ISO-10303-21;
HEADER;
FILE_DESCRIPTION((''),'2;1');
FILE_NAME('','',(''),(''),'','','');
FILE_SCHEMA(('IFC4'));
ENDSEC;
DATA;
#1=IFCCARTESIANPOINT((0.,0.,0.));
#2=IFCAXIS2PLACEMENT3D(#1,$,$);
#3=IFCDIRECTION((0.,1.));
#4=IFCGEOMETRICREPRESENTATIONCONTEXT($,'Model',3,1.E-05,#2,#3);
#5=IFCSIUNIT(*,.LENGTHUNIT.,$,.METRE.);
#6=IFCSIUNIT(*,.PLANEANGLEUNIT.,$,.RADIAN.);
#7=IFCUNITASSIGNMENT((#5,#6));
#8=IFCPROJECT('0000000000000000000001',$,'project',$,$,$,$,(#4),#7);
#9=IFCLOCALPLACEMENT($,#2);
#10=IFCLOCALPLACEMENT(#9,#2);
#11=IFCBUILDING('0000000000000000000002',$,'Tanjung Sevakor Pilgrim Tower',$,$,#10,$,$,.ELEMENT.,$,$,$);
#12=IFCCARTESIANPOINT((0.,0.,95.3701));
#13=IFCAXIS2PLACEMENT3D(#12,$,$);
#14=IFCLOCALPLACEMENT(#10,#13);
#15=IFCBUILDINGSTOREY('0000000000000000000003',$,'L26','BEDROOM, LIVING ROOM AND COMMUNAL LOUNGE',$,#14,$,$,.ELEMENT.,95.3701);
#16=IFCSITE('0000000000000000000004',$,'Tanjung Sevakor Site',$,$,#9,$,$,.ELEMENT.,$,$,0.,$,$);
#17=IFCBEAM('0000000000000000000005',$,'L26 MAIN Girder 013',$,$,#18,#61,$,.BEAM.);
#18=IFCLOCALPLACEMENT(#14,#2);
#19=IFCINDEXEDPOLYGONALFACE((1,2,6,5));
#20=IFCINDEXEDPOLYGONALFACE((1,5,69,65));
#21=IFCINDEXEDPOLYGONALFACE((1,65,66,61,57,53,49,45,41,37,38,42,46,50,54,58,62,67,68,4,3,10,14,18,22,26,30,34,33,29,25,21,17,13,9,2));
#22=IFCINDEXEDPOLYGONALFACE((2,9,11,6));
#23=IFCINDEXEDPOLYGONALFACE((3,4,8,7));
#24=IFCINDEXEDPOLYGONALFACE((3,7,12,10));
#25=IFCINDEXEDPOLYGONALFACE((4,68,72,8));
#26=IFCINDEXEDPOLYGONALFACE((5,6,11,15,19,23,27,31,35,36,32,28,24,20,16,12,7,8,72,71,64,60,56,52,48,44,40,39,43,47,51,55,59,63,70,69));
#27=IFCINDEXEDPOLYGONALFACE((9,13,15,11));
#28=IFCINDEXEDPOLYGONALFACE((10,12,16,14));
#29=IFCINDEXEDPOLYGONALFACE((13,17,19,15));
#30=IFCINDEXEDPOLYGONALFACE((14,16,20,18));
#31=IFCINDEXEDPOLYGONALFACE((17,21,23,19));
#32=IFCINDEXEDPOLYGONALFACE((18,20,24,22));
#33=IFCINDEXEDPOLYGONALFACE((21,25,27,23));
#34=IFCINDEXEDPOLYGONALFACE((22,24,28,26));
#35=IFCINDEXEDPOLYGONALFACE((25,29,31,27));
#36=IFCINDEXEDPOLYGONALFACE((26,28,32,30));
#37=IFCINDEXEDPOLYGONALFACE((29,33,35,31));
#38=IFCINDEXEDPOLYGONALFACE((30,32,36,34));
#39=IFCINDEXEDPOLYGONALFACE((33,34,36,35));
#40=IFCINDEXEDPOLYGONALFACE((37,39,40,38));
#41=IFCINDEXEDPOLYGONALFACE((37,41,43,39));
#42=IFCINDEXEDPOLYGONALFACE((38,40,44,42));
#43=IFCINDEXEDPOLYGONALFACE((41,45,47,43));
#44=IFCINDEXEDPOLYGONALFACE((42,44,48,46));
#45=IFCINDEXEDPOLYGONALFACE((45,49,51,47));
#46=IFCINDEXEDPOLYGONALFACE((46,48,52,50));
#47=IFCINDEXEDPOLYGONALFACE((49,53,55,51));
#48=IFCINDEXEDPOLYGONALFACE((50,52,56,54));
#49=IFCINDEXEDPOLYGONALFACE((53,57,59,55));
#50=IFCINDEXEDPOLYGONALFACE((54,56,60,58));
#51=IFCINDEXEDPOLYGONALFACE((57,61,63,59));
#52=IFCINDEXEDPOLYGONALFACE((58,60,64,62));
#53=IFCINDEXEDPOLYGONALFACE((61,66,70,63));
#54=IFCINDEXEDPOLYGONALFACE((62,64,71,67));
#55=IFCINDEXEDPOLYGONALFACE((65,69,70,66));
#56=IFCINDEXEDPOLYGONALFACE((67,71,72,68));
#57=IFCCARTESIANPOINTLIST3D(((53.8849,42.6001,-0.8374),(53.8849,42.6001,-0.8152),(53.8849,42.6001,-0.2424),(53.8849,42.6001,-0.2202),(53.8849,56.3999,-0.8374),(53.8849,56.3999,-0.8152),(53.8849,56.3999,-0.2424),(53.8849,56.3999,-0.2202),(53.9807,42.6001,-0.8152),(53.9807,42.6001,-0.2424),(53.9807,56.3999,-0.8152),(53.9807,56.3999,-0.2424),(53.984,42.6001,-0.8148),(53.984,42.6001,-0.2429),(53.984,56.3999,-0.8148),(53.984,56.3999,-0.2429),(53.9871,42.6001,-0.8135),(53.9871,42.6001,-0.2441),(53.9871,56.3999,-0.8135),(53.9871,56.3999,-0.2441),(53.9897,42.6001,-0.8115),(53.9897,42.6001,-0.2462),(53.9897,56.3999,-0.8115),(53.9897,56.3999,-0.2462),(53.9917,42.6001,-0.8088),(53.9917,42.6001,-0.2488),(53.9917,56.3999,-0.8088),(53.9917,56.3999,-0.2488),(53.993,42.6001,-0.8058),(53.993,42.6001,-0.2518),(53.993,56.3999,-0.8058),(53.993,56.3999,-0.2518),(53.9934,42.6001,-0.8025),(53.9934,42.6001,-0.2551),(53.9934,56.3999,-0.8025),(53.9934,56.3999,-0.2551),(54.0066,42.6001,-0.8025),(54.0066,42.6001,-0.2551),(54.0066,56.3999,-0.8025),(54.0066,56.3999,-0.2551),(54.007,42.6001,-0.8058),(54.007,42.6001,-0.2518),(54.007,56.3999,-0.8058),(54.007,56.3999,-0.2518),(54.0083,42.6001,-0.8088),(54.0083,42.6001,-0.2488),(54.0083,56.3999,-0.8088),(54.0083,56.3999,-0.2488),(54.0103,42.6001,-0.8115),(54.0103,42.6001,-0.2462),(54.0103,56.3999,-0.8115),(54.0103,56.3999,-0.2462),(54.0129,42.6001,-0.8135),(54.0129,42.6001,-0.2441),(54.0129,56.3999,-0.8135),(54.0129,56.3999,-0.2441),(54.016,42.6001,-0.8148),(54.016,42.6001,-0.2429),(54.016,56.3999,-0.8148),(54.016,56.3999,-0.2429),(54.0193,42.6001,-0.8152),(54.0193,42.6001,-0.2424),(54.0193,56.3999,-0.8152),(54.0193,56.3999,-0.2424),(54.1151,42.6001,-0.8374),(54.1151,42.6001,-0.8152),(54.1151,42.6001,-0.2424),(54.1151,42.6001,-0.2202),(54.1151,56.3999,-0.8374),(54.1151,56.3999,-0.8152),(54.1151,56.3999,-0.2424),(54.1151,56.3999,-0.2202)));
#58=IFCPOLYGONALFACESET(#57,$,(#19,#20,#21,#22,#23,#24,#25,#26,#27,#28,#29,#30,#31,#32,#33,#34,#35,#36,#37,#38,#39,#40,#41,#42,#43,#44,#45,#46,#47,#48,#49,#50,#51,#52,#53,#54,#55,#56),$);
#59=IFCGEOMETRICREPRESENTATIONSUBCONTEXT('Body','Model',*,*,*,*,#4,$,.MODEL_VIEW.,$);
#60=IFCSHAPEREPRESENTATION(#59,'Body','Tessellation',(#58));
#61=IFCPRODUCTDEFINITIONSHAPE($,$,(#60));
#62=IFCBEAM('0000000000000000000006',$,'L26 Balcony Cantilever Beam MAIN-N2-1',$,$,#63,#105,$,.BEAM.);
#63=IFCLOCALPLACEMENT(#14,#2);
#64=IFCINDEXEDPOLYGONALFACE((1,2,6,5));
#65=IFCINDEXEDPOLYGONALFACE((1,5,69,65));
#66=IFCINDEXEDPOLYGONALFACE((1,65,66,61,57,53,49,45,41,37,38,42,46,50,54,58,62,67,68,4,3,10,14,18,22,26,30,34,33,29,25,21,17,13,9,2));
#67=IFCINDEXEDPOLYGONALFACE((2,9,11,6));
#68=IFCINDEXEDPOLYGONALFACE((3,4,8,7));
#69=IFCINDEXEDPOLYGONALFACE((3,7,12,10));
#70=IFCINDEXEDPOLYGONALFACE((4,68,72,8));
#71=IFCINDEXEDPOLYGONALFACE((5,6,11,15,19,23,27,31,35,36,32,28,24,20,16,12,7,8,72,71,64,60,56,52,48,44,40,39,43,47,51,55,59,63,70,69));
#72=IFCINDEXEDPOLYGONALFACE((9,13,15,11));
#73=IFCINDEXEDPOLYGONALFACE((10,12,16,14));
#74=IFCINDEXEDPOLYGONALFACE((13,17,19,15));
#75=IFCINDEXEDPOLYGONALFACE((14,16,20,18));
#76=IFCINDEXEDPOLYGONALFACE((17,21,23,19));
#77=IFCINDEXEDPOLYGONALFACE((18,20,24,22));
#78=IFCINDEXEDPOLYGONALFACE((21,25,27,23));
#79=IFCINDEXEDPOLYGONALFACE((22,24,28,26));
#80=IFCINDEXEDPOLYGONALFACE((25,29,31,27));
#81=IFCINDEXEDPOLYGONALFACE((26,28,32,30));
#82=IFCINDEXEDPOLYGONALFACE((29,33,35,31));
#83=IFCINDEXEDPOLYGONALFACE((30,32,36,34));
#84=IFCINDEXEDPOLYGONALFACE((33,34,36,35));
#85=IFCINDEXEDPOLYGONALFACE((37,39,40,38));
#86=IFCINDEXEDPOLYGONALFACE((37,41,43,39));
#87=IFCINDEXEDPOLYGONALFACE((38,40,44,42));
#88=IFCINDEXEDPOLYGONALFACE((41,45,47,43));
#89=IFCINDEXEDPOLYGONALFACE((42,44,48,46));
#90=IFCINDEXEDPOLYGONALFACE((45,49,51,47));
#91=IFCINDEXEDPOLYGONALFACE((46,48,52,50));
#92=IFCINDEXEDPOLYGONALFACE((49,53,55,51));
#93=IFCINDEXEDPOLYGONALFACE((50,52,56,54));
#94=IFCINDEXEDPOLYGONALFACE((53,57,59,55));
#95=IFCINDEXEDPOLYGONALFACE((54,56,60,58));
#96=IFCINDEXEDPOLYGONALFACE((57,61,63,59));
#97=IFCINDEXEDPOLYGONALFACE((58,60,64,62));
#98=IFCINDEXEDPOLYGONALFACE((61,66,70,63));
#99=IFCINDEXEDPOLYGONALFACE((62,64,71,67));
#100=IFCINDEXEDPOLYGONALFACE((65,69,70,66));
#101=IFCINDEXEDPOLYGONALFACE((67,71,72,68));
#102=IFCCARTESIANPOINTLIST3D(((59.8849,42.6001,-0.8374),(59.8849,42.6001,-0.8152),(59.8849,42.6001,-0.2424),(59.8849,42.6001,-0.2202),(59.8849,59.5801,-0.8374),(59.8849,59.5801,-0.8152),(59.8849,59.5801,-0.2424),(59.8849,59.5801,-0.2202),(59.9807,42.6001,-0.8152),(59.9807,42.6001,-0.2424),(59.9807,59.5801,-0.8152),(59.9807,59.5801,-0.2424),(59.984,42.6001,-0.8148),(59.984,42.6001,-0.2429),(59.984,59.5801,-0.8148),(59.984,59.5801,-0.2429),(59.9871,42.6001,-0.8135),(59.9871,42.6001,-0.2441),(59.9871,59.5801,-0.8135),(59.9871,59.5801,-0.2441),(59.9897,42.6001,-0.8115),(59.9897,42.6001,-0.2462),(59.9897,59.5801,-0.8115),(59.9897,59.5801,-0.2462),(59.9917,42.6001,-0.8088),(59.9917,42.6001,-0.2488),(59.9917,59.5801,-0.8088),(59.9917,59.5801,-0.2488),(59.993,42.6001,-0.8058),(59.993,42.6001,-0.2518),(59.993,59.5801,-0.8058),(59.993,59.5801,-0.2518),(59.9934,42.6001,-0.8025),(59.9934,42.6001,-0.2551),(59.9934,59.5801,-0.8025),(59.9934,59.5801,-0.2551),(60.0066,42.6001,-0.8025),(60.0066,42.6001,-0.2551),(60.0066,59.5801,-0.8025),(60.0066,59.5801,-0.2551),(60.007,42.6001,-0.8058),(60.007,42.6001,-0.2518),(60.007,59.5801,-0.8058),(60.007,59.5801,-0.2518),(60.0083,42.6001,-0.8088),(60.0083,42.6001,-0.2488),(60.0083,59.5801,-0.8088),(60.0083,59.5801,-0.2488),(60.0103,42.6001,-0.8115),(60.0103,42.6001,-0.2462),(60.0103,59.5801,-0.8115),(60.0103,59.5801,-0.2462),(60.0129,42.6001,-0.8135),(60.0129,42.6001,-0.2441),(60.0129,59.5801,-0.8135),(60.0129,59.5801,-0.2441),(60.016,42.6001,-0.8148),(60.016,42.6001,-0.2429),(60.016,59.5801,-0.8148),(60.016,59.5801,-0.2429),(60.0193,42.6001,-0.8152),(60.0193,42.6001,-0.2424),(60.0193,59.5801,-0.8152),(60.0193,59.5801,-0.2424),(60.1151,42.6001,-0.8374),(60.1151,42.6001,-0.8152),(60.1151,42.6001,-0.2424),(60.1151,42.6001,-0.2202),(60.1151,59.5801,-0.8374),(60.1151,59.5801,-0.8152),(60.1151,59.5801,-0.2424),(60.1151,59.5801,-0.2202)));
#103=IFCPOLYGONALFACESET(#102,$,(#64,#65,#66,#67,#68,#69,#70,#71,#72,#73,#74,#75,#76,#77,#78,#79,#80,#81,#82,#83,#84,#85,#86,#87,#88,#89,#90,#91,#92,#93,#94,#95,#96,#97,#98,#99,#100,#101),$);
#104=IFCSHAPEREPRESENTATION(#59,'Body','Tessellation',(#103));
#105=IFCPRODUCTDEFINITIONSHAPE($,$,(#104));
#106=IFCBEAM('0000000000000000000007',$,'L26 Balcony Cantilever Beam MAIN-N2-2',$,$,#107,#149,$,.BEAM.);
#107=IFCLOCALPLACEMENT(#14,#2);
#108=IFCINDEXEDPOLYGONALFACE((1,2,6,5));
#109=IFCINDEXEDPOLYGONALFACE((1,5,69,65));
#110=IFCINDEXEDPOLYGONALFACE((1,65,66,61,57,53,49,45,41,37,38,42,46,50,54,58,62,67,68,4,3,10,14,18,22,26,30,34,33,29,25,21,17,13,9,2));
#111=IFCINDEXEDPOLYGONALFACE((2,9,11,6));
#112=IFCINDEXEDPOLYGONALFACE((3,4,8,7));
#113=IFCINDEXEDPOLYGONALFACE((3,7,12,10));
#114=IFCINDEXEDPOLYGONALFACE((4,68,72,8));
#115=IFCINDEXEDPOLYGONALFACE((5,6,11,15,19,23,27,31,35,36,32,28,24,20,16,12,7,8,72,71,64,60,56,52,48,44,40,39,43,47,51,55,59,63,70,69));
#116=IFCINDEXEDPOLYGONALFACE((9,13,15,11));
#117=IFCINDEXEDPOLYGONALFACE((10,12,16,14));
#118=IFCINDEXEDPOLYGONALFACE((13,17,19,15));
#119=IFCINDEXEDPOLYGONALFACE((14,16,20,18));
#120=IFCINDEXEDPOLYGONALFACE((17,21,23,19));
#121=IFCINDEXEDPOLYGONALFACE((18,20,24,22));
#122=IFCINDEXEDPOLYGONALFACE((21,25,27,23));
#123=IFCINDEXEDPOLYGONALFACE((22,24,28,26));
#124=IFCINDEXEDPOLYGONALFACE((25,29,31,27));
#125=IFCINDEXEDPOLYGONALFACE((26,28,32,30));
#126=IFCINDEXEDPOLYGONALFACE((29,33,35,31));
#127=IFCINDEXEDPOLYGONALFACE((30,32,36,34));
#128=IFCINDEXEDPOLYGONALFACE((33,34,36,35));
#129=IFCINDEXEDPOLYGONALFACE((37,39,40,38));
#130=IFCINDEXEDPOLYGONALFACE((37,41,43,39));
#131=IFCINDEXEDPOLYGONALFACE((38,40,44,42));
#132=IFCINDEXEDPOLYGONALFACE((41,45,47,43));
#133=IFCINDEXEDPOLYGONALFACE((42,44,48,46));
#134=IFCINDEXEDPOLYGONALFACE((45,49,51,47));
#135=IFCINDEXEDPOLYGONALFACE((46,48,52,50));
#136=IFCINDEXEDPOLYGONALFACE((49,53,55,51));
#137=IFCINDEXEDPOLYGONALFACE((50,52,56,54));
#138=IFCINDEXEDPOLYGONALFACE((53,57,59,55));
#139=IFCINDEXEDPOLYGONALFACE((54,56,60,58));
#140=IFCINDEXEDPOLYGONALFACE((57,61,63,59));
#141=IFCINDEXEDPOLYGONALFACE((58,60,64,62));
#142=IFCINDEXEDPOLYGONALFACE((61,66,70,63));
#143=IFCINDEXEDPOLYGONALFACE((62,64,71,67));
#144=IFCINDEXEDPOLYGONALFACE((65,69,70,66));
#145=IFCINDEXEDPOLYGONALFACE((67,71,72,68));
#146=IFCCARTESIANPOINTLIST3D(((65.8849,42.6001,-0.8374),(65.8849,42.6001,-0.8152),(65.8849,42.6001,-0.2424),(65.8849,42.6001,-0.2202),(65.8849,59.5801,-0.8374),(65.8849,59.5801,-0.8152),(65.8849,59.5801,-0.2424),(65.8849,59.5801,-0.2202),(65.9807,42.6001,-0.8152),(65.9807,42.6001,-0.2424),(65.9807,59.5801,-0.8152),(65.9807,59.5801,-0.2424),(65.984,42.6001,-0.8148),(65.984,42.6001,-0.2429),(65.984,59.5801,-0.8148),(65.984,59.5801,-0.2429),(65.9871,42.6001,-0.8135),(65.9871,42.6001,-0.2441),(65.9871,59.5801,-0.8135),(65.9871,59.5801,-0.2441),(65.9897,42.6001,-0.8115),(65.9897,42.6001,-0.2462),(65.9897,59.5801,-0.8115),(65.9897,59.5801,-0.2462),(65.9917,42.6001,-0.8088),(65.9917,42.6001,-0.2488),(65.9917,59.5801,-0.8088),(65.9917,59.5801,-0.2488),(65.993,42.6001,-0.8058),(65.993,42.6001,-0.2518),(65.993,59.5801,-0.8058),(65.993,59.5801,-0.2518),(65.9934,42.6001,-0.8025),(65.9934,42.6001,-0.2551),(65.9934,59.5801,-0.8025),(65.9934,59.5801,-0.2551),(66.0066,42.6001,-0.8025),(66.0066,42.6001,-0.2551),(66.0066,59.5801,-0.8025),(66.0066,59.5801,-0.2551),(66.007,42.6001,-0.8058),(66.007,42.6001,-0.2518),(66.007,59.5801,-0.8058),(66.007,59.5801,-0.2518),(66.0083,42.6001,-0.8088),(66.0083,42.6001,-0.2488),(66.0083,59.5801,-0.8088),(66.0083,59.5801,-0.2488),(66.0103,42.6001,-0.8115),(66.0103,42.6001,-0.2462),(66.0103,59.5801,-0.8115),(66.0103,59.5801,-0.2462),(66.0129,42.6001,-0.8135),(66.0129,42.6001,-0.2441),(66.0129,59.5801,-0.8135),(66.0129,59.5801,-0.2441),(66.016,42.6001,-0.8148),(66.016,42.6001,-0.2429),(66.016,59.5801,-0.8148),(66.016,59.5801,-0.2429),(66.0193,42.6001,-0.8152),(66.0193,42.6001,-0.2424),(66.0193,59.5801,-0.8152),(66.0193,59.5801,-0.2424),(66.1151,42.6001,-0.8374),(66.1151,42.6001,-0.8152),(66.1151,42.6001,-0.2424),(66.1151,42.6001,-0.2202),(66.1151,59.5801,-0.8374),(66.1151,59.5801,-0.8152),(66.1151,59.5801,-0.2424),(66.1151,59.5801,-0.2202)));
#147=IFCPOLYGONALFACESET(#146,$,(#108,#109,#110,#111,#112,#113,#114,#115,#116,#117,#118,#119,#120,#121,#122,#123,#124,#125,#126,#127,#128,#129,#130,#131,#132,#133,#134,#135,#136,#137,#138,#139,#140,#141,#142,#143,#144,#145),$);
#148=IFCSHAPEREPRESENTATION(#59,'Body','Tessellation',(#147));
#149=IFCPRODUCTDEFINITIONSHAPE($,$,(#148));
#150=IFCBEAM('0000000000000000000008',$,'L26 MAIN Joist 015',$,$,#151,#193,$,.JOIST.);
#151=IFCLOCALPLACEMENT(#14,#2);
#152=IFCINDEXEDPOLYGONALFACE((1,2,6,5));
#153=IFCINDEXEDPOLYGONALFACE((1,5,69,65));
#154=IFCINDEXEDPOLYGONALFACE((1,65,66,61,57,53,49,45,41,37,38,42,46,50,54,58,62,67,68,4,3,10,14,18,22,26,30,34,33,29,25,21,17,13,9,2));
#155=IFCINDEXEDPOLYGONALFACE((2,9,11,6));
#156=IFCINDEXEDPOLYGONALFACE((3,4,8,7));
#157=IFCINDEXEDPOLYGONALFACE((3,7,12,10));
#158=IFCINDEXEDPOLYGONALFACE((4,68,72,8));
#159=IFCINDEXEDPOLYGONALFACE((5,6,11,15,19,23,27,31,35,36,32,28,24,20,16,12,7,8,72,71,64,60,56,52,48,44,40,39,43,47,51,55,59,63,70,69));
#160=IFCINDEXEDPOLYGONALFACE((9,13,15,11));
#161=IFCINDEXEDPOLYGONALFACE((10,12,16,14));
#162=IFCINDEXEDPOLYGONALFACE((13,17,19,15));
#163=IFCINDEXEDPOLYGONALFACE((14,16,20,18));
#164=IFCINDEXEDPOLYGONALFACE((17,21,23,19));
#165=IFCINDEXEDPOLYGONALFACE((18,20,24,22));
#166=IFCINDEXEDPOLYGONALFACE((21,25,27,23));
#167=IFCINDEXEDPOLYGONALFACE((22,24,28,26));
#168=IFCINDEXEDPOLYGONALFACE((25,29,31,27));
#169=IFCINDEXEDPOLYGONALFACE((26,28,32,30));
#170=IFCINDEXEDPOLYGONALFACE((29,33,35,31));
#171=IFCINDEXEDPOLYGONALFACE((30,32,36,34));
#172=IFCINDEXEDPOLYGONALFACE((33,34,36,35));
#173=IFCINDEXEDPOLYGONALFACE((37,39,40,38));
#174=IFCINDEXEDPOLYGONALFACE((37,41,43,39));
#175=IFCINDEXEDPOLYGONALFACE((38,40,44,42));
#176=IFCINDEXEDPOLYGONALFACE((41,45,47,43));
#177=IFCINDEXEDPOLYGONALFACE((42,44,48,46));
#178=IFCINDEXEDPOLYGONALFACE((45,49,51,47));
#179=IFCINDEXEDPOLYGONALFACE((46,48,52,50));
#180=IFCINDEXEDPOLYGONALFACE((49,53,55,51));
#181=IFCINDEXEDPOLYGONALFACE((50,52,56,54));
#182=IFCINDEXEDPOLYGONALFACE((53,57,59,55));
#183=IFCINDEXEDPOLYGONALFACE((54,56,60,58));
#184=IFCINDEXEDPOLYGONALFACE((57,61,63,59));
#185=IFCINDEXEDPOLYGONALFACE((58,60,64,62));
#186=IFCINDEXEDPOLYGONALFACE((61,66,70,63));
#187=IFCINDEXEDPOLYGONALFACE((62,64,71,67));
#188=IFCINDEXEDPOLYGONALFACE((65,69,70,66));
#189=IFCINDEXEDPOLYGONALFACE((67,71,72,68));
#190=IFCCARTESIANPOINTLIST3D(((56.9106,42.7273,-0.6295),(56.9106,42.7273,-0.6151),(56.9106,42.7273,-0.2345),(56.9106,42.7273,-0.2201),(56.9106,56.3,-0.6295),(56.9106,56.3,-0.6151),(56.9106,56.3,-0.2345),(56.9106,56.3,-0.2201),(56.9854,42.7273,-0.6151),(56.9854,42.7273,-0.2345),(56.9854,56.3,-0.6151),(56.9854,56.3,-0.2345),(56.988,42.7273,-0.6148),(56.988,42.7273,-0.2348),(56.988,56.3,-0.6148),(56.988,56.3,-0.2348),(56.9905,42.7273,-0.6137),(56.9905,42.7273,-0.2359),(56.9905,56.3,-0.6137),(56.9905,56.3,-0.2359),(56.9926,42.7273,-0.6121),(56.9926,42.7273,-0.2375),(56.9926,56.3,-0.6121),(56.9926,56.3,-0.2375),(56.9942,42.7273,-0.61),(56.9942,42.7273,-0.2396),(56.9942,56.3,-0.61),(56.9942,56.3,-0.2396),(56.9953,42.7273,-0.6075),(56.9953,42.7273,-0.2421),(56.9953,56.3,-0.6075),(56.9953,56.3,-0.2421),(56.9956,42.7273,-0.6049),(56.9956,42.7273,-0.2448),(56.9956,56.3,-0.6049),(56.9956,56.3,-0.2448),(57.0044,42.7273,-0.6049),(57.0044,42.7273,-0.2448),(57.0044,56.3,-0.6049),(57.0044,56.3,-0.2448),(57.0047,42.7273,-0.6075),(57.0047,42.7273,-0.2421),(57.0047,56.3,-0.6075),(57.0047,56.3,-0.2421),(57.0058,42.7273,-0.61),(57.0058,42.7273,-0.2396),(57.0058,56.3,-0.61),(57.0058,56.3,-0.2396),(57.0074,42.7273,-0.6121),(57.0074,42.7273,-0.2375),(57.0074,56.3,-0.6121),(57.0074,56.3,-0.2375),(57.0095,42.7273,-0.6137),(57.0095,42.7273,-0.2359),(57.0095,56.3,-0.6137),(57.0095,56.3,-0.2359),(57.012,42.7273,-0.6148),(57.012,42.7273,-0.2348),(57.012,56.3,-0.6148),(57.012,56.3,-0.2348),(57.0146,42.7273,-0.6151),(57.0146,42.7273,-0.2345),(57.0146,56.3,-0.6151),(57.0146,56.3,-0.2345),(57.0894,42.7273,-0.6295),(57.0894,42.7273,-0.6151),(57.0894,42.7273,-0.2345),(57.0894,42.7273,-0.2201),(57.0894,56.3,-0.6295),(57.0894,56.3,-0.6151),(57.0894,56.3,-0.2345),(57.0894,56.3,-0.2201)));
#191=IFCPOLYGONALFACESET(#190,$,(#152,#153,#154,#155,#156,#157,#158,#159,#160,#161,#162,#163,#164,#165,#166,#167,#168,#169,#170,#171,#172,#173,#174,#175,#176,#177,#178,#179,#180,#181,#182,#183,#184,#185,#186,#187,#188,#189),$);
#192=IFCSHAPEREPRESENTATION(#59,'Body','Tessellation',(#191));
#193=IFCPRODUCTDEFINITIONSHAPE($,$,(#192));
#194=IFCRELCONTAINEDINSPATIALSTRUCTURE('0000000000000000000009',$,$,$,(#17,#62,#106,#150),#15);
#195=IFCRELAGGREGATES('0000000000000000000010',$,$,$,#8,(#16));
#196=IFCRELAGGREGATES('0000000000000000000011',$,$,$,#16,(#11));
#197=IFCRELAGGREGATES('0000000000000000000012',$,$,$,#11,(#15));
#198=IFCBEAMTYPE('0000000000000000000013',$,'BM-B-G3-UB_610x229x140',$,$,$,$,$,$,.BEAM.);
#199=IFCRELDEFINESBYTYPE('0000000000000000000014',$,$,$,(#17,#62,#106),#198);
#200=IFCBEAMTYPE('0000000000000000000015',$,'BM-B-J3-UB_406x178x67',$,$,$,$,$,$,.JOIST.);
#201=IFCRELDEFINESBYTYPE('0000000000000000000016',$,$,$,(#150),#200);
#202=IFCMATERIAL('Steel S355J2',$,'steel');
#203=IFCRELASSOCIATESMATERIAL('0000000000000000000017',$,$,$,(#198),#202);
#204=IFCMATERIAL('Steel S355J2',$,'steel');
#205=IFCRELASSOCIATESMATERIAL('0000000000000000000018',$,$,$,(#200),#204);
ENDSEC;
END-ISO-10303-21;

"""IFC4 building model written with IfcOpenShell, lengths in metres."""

from ifc_helpers import new_model, si_unit, direction, frame, origin, origin_2d, place, context, subcontext, project, spatial, i_section, extrude, material, material_profile, profile_set, type_object, element, save


model = new_model("IFC4")

# Units and contexts
model_context = context("Model", 3, precision=1e-05, world=origin(), true_north=direction((0.0, 1.0)))
body_context = subcontext(model_context, "Body", "Model", "MODEL_VIEW")
ifc_project = project(units=[si_unit("LENGTHUNIT", "METRE"), si_unit("PLANEANGLEUNIT", "RADIAN")], contexts=[model_context])

# Site, building, storey
site_placement = place(None, origin())
site = spatial("IfcSite", under=ifc_project, at=site_placement, Name="Tanjung Sevakor Site", CompositionType="ELEMENT", RefElevation=0.0)
building_placement = place(site_placement, origin())
building = spatial("IfcBuilding", under=site, at=building_placement, Name="Tanjung Sevakor Pilgrim Tower", CompositionType="ELEMENT")
storey_placement = place(building_placement, frame((0.0, 0.0, 95.3701)))
storey = spatial("IfcBuildingStorey", under=building, at=storey_placement, Name="L26", Description="BEDROOM, LIVING ROOM AND COMMUNAL LOUNGE", CompositionType="ELEMENT", Elevation=95.3701)

# Beams
ifc_material_1 = material(Name="Steel S355J2", Category="steel")
ifc_material_profile_1 = material_profile(ifc_material_1, i_section(OverallWidth=0.2302, OverallDepth=0.6172, WebThickness=0.0132, FlangeThickness=0.0222, FilletRadius=0.0127, at=origin_2d()))
ifc_profile_set_1 = profile_set([ifc_material_profile_1], Name="Steel S355J2")
beam_type_1 = type_object("IfcBeamType", Name="BM-B-G3-UB_610x229x140", PredefinedType="BEAM", material=ifc_profile_set_1)
beam_1_placement = place(storey_placement, frame((54.0, 42.6001, -0.5288), z_axis=(0.0, 1.0, 0.0), x_axis=(-1.0, 0.0, 0.0)))
element("IfcBeam", 1, at=beam_1_placement, inside=storey, type_object=beam_type_1, Name="L26 MAIN Girder 013", PredefinedType="BEAM", context=body_context, shape_type="SweptSolid", body=[
    extrude(i_section(OverallWidth=0.2302, OverallDepth=0.6172, WebThickness=0.0132, FlangeThickness=0.0222, FilletRadius=0.0127, at=origin_2d()), origin(), (0.0, 0.0, 1.0), 13.7998),
])
for number, where, z_axis, x_axis, name in (
    (2, (60.0, 42.6001, -0.5288), (0.0, 1.0, 0.0), (-1.0, 0.0, 0.0), "L26 Balcony Cantilever Beam MAIN-N2-1"),
    (3, (66.0, 42.6001, -0.5288), (0.0, 1.0, 0.0), (-1.0, 0.0, 0.0), "L26 Balcony Cantilever Beam MAIN-N2-2"),
):
    element("IfcBeam", number, at=place(storey_placement, frame(where, z_axis=z_axis, x_axis=x_axis)), inside=storey, type_object=beam_type_1, Name=name, PredefinedType="BEAM", context=body_context, shape_type="SweptSolid", body=[
        extrude(i_section(OverallWidth=0.2302, OverallDepth=0.6172, WebThickness=0.0132, FlangeThickness=0.0222, FilletRadius=0.0127, at=origin_2d()), origin(), (0.0, 0.0, 1.0), 16.98),
    ])
ifc_material_2 = material(Name="Steel S355J2", Category="steel")
ifc_material_profile_2 = material_profile(ifc_material_2, i_section(OverallWidth=0.1787, OverallDepth=0.4094, WebThickness=0.0088, FlangeThickness=0.0144, FilletRadius=0.0103, at=origin_2d()))
ifc_profile_set_2 = profile_set([ifc_material_profile_2], Name="Steel S355J2")
beam_type_2 = type_object("IfcBeamType", Name="BM-B-J3-UB_406x178x67", PredefinedType="JOIST", material=ifc_profile_set_2)
for number, where, z_axis, x_axis, name in (
    (4, (57.0, 42.7273, -0.4248), (0.0, 1.0, 0.0), (-1.0, 0.0, 0.0), "L26 MAIN Joist 015"),
):
    element("IfcBeam", number, at=place(storey_placement, frame(where, z_axis=z_axis, x_axis=x_axis)), inside=storey, type_object=beam_type_2, Name=name, PredefinedType="JOIST", context=body_context, shape_type="SweptSolid", body=[
        extrude(i_section(OverallWidth=0.1787, OverallDepth=0.4094, WebThickness=0.0088, FlangeThickness=0.0144, FilletRadius=0.0103, at=origin_2d()), origin(), (0.0, 0.0, 1.0), 13.5728),
    ])

save(model, "model.ifc")
